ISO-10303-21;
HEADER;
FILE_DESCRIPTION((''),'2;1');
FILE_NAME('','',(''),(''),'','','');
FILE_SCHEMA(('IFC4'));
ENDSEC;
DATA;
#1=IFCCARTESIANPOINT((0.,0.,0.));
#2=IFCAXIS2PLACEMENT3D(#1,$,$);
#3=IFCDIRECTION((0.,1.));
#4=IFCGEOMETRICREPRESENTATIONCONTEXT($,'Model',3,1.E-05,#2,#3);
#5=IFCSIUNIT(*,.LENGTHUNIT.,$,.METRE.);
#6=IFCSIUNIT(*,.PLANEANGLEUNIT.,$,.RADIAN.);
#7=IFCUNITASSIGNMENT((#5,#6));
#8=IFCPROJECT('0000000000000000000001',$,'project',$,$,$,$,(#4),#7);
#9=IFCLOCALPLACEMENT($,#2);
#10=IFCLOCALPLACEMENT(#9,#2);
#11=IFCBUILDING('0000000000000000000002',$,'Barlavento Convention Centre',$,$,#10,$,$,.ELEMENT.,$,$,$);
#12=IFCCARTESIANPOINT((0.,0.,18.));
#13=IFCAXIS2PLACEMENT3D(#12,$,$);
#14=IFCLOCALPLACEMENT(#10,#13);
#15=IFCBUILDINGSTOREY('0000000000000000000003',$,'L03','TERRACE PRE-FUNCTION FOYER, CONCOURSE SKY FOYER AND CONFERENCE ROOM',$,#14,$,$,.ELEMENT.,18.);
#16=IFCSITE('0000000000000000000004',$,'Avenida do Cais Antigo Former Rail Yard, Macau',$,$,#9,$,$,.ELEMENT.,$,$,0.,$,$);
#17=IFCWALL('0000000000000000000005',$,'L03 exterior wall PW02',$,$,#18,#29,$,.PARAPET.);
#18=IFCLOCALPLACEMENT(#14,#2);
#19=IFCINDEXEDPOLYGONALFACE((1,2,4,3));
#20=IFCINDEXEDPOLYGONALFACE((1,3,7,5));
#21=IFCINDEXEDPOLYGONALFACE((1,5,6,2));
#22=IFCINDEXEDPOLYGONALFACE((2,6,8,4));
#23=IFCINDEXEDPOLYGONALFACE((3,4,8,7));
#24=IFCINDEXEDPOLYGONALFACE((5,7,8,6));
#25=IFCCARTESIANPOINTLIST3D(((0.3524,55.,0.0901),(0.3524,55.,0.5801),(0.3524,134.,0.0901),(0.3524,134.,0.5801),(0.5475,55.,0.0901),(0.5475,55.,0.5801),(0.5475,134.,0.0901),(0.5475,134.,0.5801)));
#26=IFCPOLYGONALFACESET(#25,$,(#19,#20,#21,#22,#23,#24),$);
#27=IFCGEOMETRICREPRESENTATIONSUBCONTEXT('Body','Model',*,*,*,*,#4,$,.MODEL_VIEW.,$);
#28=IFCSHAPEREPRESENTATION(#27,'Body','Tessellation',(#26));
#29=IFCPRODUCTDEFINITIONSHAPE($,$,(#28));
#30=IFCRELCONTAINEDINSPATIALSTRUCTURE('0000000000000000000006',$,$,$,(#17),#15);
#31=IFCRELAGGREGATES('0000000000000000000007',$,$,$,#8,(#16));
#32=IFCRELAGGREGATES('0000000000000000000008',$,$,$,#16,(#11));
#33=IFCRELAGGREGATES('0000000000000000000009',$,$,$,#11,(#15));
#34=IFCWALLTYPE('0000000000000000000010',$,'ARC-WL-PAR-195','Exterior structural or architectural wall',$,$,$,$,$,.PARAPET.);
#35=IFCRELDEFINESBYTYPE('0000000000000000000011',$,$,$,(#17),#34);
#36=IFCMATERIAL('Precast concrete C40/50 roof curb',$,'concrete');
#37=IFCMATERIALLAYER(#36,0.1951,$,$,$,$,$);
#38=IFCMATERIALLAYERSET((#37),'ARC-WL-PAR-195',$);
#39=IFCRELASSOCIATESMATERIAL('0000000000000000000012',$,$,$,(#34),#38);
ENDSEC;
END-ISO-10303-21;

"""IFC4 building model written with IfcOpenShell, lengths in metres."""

from ifc_helpers import new_model, si_unit, direction, frame, frame_2d, origin, place, context, subcontext, project, spatial, rectangle, extrude, material, layer, layer_set, type_object, element, save


model = new_model("IFC4")

# Units and contexts
model_context = context("Model", 3, precision=1e-05, world=origin(), true_north=direction((0.0, 1.0)))
body_context = subcontext(model_context, "Body", "Model", "MODEL_VIEW")
ifc_project = project(units=[si_unit("LENGTHUNIT", "METRE"), si_unit("PLANEANGLEUNIT", "RADIAN")], contexts=[model_context])

# Site, building, storey
site_placement = place(None, origin())
site = spatial("IfcSite", under=ifc_project, at=site_placement, Name="Avenida do Cais Antigo Former Rail Yard, Macau", CompositionType="ELEMENT", RefElevation=0.0)
building_placement = place(site_placement, origin())
building = spatial("IfcBuilding", under=site, at=building_placement, Name="Barlavento Convention Centre", CompositionType="ELEMENT")
storey_placement = place(building_placement, frame((0.0, 0.0, 18.0)))
storey = spatial("IfcBuildingStorey", under=building, at=storey_placement, Name="L03", Description="TERRACE PRE-FUNCTION FOYER, CONCOURSE SKY FOYER AND CONFERENCE ROOM", CompositionType="ELEMENT", Elevation=18.0)

# Wall
ifc_material_1 = material(Name="Precast concrete C40/50 roof curb", Category="concrete")
ifc_layer_1 = layer(ifc_material_1, 0.1951)
ifc_layer_set_1 = layer_set([ifc_layer_1], Name="ARC-WL-PAR-195")
wall_type = type_object("IfcWallType", Name="ARC-WL-PAR-195", Description="Exterior structural or architectural wall", PredefinedType="PARAPET", material=ifc_layer_set_1)
wall_placement = place(storey_placement, frame((0.45, 134.0, 0.0901), z_axis=(0.0, 0.0, 1.0), x_axis=(0.0, -1.0, 0.0)))
element("IfcWall", 1, at=wall_placement, inside=storey, type_object=wall_type, Name="L03 exterior wall PW02", PredefinedType="PARAPET", context=body_context, shape_type="SweptSolid", body=[
    extrude(rectangle(XDim=79.0, YDim=0.1951, at=frame_2d((39.5, 0.0))), origin(), (0.0, 0.0, 1.0), 0.49),
])

save(model, "model.ifc")
